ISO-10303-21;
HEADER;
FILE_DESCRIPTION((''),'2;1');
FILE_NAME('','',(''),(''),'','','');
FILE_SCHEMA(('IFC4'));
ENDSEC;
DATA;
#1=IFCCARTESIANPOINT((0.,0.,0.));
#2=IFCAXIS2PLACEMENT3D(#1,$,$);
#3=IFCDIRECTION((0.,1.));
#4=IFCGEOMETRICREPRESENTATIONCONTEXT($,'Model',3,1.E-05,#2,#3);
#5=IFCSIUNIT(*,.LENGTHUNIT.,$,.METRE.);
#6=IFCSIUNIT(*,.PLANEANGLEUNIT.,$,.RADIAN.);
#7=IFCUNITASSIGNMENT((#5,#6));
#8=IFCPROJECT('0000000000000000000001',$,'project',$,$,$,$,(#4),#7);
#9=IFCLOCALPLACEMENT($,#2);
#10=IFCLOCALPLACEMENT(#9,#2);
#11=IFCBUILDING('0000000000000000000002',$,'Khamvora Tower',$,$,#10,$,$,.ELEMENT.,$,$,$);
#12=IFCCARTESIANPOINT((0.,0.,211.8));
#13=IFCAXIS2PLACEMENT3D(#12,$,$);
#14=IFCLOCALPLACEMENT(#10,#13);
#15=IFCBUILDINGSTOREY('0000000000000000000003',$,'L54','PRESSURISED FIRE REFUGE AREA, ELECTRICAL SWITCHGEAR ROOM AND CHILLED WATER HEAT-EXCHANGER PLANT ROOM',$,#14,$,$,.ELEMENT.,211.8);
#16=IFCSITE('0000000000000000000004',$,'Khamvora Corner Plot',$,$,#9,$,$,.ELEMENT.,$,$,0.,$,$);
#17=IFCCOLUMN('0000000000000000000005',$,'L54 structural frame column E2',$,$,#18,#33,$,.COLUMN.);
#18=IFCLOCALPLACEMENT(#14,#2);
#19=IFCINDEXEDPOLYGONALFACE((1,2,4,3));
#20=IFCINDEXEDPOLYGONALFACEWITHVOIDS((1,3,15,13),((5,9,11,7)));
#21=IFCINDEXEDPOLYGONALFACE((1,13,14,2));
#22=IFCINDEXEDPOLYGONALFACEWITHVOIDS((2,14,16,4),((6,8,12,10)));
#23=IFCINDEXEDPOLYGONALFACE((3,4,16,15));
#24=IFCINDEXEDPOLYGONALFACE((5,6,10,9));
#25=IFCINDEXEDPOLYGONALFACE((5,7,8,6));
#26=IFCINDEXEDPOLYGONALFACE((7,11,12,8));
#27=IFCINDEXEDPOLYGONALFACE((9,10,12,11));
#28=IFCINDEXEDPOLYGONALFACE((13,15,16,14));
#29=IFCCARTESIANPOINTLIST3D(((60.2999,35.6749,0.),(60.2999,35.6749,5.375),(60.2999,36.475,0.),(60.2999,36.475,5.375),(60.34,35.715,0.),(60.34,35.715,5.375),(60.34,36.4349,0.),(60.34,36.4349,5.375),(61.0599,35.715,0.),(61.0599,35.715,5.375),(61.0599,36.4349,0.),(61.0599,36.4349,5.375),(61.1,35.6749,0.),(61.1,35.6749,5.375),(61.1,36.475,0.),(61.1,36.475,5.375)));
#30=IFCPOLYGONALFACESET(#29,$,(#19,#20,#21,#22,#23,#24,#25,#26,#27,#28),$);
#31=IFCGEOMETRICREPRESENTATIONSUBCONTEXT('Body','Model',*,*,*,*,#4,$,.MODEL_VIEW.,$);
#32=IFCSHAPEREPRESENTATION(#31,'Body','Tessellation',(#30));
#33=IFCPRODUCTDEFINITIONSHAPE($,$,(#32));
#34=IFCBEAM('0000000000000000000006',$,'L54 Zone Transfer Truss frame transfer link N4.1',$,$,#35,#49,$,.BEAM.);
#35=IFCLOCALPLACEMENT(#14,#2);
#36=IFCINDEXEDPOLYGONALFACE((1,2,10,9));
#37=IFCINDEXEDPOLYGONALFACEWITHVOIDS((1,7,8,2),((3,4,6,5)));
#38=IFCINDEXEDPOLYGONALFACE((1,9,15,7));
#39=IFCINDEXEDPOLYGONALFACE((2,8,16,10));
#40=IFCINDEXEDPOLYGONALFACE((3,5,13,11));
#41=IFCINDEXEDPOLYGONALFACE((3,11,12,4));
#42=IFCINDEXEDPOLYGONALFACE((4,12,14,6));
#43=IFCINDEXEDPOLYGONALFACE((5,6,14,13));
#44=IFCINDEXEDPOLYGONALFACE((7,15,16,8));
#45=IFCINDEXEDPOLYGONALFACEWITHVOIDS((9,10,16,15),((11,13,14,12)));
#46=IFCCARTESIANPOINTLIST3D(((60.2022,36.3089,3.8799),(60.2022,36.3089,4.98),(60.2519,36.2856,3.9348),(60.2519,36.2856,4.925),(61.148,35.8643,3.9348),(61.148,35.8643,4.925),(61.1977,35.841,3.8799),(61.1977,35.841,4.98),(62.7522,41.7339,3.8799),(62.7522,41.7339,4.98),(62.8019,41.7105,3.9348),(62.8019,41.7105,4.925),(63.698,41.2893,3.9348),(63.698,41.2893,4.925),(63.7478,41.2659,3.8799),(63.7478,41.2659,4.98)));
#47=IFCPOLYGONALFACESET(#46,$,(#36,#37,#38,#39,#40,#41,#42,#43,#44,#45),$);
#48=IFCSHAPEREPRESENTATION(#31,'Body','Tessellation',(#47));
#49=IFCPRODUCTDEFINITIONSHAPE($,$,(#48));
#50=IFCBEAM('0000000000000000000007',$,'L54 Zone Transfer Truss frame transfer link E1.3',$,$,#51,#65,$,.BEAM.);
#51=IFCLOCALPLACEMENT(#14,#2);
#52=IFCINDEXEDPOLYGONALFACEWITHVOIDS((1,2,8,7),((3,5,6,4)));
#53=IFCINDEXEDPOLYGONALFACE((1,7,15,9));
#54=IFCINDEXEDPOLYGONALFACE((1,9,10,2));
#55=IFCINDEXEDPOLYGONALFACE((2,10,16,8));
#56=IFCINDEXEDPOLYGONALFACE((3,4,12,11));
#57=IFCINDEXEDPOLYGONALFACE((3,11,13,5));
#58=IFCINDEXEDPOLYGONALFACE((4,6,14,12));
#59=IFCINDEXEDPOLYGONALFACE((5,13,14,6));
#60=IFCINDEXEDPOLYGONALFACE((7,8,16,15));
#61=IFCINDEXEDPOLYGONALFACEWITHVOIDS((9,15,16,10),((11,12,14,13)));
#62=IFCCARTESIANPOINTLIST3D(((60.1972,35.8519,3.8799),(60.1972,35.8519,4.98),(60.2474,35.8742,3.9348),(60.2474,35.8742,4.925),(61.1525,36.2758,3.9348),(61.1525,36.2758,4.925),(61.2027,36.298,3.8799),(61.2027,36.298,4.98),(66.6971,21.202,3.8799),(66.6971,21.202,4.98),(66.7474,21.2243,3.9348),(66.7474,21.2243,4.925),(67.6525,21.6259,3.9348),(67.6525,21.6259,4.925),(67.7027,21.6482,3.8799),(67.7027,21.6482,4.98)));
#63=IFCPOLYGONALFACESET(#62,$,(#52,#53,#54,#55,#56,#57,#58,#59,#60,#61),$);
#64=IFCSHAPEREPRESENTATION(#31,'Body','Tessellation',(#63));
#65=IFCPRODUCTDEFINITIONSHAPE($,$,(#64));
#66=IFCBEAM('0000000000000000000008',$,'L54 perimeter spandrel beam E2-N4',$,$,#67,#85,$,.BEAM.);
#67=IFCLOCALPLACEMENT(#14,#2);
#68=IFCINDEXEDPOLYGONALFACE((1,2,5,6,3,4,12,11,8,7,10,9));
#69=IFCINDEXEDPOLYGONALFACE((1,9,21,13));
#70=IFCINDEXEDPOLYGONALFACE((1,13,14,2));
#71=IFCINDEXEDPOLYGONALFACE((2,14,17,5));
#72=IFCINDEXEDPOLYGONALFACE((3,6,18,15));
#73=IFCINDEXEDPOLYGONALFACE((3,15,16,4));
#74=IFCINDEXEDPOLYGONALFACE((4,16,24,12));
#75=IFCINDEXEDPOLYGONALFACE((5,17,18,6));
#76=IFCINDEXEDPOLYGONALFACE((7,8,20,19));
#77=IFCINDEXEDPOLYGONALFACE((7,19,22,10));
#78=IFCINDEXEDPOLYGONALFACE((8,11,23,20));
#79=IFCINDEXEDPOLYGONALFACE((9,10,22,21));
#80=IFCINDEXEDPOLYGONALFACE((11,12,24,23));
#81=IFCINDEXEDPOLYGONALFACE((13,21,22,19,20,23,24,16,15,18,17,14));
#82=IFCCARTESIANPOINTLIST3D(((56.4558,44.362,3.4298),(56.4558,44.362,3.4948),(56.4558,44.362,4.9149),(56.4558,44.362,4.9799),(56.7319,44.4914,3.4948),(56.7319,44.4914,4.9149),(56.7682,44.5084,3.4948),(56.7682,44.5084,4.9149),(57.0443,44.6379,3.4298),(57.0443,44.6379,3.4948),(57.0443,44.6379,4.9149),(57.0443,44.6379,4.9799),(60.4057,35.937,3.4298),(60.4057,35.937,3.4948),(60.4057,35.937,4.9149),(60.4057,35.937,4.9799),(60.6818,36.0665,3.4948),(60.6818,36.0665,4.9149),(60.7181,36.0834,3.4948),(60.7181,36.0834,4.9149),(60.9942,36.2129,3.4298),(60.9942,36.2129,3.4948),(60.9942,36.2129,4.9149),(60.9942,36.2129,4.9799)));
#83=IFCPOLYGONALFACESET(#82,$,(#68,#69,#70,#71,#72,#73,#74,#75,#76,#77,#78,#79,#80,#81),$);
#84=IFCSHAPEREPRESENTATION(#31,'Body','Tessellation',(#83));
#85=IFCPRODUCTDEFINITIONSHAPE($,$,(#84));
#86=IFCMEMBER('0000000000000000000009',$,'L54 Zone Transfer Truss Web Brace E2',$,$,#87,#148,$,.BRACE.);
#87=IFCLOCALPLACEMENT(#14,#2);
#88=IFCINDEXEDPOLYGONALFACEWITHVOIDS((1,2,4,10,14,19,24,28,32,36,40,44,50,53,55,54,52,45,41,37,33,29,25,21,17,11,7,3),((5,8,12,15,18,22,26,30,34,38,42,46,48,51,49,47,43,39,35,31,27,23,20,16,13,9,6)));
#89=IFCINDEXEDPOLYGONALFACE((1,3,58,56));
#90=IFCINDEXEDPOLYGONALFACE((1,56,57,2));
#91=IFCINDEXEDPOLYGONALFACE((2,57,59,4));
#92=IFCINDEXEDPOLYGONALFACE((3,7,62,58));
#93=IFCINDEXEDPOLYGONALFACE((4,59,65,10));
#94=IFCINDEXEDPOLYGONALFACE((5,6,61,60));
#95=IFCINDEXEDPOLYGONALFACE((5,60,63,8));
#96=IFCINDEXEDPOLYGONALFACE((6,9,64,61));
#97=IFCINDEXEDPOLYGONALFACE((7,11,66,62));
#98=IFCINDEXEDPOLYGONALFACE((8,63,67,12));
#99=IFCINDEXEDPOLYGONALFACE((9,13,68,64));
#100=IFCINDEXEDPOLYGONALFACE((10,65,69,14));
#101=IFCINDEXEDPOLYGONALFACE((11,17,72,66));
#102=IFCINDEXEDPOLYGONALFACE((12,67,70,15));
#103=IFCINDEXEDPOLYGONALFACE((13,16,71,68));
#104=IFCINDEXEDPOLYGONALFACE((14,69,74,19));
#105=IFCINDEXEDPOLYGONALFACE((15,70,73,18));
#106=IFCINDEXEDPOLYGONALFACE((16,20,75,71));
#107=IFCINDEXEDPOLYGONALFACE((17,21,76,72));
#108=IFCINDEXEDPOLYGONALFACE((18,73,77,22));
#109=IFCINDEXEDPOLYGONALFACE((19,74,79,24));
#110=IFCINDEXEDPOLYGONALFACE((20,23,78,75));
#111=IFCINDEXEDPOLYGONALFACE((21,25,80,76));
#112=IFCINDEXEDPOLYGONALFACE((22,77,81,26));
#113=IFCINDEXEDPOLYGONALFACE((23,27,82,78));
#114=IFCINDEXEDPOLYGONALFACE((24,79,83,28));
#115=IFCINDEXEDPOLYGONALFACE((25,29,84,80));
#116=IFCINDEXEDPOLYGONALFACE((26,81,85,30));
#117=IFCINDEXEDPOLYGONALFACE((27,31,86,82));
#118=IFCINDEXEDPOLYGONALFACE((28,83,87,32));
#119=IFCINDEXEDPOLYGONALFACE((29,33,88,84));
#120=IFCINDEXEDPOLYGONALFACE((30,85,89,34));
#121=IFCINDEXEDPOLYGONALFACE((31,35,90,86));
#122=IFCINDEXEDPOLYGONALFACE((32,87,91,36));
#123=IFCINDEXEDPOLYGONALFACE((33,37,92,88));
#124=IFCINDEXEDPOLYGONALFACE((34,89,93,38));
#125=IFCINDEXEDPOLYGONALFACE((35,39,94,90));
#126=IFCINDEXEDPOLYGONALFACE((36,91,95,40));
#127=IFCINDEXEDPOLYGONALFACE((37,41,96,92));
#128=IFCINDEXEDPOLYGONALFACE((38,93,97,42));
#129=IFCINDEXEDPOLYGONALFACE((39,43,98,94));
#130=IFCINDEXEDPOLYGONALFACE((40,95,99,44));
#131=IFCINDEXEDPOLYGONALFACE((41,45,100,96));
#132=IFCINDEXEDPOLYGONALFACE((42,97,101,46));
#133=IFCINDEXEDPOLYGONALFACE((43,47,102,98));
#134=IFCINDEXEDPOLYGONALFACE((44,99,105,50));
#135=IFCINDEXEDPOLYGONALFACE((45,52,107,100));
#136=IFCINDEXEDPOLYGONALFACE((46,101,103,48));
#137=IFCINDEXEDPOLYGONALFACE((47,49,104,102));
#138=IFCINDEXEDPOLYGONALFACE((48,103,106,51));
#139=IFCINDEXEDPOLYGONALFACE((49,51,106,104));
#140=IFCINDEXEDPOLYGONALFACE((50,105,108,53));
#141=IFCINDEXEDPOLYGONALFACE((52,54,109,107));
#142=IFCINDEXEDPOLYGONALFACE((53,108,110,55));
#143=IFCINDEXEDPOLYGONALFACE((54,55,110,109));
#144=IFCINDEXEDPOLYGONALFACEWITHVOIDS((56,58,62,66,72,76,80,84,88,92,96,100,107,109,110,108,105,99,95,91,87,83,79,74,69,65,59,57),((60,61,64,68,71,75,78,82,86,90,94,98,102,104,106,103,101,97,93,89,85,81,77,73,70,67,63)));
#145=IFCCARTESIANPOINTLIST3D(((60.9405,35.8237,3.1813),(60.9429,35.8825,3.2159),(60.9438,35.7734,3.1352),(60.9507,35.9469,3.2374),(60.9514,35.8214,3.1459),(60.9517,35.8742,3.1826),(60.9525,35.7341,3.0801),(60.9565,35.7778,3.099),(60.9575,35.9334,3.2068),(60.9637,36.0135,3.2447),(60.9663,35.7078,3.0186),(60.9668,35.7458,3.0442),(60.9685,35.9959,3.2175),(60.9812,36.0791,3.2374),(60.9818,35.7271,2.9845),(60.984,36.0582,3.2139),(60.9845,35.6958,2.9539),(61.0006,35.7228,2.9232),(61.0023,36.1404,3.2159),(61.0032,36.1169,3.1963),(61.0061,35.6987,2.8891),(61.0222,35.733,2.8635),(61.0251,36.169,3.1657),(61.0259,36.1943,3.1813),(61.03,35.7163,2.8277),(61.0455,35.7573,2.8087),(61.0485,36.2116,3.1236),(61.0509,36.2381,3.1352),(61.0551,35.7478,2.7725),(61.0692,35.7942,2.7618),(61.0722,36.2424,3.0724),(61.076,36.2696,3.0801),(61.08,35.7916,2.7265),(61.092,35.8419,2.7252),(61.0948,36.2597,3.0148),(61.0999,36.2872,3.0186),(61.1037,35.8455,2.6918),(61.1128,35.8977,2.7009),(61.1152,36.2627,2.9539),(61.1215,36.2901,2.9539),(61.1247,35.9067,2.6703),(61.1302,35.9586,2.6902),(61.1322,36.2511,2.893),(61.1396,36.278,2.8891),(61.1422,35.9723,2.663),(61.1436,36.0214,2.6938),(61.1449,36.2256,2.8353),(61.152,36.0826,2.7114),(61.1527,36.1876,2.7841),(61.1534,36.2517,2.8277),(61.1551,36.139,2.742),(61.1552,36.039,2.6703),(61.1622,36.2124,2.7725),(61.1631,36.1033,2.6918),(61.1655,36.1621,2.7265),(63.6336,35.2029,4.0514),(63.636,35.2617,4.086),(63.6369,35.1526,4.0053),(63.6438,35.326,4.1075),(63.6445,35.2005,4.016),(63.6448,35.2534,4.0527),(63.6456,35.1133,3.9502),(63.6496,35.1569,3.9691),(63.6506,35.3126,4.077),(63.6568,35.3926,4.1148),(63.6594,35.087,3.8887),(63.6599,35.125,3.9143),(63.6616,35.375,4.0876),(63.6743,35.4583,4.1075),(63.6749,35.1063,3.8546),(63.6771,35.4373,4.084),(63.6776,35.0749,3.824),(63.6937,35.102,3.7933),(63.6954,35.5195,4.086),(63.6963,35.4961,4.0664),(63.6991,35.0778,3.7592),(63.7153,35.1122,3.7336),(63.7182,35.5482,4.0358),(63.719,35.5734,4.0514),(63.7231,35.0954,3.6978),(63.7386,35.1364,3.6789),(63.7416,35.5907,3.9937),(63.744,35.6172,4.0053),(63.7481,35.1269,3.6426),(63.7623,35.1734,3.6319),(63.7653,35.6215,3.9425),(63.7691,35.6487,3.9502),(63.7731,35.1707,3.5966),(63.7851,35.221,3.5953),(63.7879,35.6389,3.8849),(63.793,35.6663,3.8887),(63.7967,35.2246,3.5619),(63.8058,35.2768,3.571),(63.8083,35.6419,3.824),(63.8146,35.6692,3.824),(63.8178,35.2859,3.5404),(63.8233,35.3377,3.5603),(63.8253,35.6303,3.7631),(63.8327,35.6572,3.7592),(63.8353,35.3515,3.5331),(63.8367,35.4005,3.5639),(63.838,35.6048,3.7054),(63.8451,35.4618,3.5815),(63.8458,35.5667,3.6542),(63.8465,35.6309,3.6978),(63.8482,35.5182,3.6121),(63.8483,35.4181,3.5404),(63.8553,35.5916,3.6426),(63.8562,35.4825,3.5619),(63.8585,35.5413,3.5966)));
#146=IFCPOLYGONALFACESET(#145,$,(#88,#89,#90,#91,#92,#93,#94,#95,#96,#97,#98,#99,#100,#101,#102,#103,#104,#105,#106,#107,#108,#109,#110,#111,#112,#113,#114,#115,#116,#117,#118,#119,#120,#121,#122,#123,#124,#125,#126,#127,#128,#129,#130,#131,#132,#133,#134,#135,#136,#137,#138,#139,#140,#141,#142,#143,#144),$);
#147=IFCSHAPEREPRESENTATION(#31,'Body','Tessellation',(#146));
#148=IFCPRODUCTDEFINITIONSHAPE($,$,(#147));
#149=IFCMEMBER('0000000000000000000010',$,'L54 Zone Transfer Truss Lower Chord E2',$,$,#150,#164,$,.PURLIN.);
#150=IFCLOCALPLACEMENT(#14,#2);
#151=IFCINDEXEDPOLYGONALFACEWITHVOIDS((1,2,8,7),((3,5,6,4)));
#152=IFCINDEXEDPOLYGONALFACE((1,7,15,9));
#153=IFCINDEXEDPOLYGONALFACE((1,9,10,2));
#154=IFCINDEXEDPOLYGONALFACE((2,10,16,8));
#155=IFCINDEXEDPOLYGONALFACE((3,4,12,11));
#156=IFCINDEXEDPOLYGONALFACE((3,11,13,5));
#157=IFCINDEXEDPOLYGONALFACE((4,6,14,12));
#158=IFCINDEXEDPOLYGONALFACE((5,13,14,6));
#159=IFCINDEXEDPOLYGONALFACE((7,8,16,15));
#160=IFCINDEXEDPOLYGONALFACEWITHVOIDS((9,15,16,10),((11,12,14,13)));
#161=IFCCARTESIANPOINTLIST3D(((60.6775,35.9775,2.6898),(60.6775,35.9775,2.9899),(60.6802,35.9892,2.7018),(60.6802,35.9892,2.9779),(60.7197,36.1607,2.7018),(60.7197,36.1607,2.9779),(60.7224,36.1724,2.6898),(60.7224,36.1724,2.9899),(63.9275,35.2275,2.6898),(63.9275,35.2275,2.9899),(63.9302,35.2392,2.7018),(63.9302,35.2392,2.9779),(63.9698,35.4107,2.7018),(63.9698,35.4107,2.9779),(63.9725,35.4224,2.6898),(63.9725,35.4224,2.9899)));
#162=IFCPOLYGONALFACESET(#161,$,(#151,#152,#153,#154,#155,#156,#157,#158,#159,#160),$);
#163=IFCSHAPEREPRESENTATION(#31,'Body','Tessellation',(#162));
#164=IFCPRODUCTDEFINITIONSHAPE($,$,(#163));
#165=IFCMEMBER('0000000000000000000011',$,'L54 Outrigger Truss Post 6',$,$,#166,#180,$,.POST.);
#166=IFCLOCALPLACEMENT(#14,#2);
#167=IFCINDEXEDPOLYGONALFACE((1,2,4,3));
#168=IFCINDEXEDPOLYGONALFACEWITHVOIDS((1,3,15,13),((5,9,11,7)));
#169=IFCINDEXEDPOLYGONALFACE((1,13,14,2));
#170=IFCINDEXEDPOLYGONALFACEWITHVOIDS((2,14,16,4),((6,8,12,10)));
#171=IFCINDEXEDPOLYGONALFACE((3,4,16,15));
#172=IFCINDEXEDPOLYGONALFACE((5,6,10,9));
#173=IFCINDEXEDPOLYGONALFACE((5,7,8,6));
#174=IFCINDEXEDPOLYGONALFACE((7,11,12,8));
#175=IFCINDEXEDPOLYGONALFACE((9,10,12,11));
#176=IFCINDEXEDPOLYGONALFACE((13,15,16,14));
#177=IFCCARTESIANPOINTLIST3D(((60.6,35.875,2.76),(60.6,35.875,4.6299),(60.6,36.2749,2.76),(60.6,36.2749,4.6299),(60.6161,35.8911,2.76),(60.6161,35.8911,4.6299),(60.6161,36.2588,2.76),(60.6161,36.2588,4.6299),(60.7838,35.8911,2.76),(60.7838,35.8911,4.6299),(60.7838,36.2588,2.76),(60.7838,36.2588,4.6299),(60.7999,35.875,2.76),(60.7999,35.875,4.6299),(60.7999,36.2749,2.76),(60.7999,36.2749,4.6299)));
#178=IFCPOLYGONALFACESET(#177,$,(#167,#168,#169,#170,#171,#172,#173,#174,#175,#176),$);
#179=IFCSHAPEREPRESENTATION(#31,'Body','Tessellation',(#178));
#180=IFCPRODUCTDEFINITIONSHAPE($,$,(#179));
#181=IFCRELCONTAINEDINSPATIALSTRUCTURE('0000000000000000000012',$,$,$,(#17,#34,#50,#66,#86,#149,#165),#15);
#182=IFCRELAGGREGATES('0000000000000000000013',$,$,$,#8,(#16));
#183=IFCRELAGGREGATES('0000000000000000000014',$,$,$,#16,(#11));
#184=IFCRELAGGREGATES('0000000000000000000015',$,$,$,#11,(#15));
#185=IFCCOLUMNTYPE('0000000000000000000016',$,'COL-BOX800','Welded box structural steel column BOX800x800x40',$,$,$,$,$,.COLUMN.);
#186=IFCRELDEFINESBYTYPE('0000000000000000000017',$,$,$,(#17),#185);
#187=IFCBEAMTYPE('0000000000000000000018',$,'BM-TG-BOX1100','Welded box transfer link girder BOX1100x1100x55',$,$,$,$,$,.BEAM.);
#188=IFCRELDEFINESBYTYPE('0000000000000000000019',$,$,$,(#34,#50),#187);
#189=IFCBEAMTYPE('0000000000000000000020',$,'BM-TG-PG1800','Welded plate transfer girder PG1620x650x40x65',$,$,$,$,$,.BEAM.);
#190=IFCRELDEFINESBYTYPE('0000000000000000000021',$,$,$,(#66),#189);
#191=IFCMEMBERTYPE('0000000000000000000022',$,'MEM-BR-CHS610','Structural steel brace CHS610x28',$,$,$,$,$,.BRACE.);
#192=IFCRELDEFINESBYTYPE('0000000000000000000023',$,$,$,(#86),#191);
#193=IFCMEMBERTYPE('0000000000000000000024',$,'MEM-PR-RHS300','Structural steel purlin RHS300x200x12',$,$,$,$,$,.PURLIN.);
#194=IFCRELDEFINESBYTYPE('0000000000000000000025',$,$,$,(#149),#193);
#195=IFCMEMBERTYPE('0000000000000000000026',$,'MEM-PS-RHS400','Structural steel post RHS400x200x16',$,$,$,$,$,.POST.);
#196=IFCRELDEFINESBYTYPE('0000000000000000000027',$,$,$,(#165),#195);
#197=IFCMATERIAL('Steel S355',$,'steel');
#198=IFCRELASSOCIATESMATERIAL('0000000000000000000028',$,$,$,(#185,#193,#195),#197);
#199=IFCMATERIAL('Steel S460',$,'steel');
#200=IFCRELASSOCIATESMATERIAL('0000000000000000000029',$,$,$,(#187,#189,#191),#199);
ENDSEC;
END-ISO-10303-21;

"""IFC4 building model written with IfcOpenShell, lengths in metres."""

from ifc_helpers import new_model, si_unit, direction, frame, origin, origin_2d, place, context, subcontext, project, spatial, hollow_rectangle, hollow_circle, i_section, extrude, material, material_profile, profile_set, type_object, element, save


model = new_model("IFC4")

# Units and contexts
model_context = context("Model", 3, precision=1e-05, world=origin(), true_north=direction((0.0, 1.0)))
body_context = subcontext(model_context, "Body", "Model", "MODEL_VIEW")
ifc_project = project(units=[si_unit("LENGTHUNIT", "METRE"), si_unit("PLANEANGLEUNIT", "RADIAN")], contexts=[model_context])

# Site, building, storey
site_placement = place(None, origin())
site = spatial("IfcSite", under=ifc_project, at=site_placement, Name="Khamvora Corner Plot", CompositionType="ELEMENT", RefElevation=0.0)
building_placement = place(site_placement, origin())
building = spatial("IfcBuilding", under=site, at=building_placement, Name="Khamvora Tower", CompositionType="ELEMENT")
storey_placement = place(building_placement, frame((0.0, 0.0, 211.8)))
storey = spatial("IfcBuildingStorey", under=building, at=storey_placement, Name="L54", Description="PRESSURISED FIRE REFUGE AREA, ELECTRICAL SWITCHGEAR ROOM AND CHILLED WATER HEAT-EXCHANGER PLANT ROOM", CompositionType="ELEMENT", Elevation=211.8)

# Column
ifc_material_1 = material(Name="Steel S355", Category="steel")
ifc_material_profile_1 = material_profile(ifc_material_1, hollow_rectangle(XDim=0.8, YDim=0.8, WallThickness=0.04, at=origin_2d()), Name="BOX800x800x40")
ifc_profile_set_1 = profile_set([ifc_material_profile_1], Name="Steel S355")
column_type = type_object("IfcColumnType", Name="COL-BOX800", Description="Welded box structural steel column BOX800x800x40", PredefinedType="COLUMN", material=ifc_profile_set_1)
column_placement = place(storey_placement, frame((60.7, 36.075, 0.0), z_axis=(0.0, 0.0, 1.0), x_axis=(1.0, 0.0, 0.0)))
element("IfcColumn", 1, at=column_placement, inside=storey, type_object=column_type, Name="L54 structural frame column E2", PredefinedType="COLUMN", context=body_context, shape_type="SweptSolid", body=[
    extrude(hollow_rectangle(XDim=0.8, YDim=0.8, WallThickness=0.04, at=origin_2d()), origin(), (0.0, 0.0, 1.0), 5.375),
])

# Beams
ifc_material_2 = material(Name="Steel S460", Category="steel")
ifc_material_profile_2 = material_profile(ifc_material_2, hollow_rectangle(XDim=1.1001, YDim=1.1001, WallThickness=0.0549, at=origin_2d()), Name="BOX1100x1100x55")
ifc_profile_set_2 = profile_set([ifc_material_profile_2], Name="Steel S460")
beam_type_1 = type_object("IfcBeamType", Name="BM-TG-BOX1100", Description="Welded box transfer link girder BOX1100x1100x55", PredefinedType="BEAM", material=ifc_profile_set_2)
beam_1_placement = place(storey_placement, frame((60.7, 36.075, 4.4299), z_axis=(0.425399, 0.905006, 0.0), x_axis=(-0.905006, 0.425399, 0.0)))
element("IfcBeam", 2, at=beam_1_placement, inside=storey, type_object=beam_type_1, Name="L54 Zone Transfer Truss frame transfer link N4.1", PredefinedType="BEAM", context=body_context, shape_type="SweptSolid", body=[
    extrude(hollow_rectangle(XDim=1.1001, YDim=1.1001, WallThickness=0.0549, at=origin_2d()), origin(), (0.0, 0.0, 1.0), 5.9944),
])
beam_2_placement = place(storey_placement, frame((60.7, 36.075, 4.4299), z_axis=(0.405562, -0.914068, 0.0), x_axis=(0.914068, 0.405562, 0.0)))
element("IfcBeam", 3, at=beam_2_placement, inside=storey, type_object=beam_type_1, Name="L54 Zone Transfer Truss frame transfer link E1.3", PredefinedType="BEAM", context=body_context, shape_type="SweptSolid", body=[
    extrude(hollow_rectangle(XDim=1.1001, YDim=1.1001, WallThickness=0.0549, at=origin_2d()), origin(), (0.0, 0.0, 1.0), 16.0271),
])
ifc_material_profile_3 = material_profile(ifc_material_2, i_section(OverallWidth=0.6499, OverallDepth=1.55, WebThickness=0.04, FlangeThickness=0.0649, at=origin_2d()), Name="PG1550x650x40x65")
ifc_profile_set_3 = profile_set([ifc_material_profile_3], Name="Steel S460")
beam_type_2 = type_object("IfcBeamType", Name="BM-TG-PG1800", Description="Welded plate transfer girder PG1620x650x40x65", PredefinedType="BEAM", material=ifc_profile_set_3)
beam_3_placement = place(storey_placement, frame((60.7, 36.075, 4.2048), z_axis=(-0.424496, 0.90543, 0.0), x_axis=(-0.90543, -0.424496, 0.0)))
element("IfcBeam", 4, at=beam_3_placement, inside=storey, type_object=beam_type_2, Name="L54 perimeter spandrel beam E2-N4", PredefinedType="BEAM", context=body_context, shape_type="SweptSolid", body=[
    extrude(i_section(OverallWidth=0.6499, OverallDepth=1.55, WebThickness=0.04, FlangeThickness=0.0649, at=origin_2d()), origin(), (0.0, 0.0, 1.0), 9.3049),
])

# Members
ifc_material_profile_4 = material_profile(ifc_material_2, hollow_circle(Radius=0.3049, WallThickness=0.0281, at=origin_2d()), Name="CHS610x28")
ifc_profile_set_4 = profile_set([ifc_material_profile_4], Name="Steel S460")
member_type_1 = type_object("IfcMemberType", Name="MEM-BR-CHS610", Description="Structural steel brace CHS610x28", PredefinedType="BRACE", material=ifc_profile_set_4)
member_1_placement = place(storey_placement, frame((61.053, 35.9929, 2.9539), z_axis=(0.929466, -0.214272, 0.300301), x_axis=(0.22464, 0.974442, 0.0)))
element("IfcMember", 5, at=member_1_placement, inside=storey, type_object=member_type_1, Name="L54 Zone Transfer Truss Web Brace E2", PredefinedType="BRACE", context=body_context, shape_type="SweptSolid", body=[
    extrude(hollow_circle(Radius=0.3049, WallThickness=0.0281, at=origin_2d()), origin(), (0.0, 0.0, 1.0), 2.8975),
])
ifc_material_profile_5 = material_profile(ifc_material_1, hollow_rectangle(XDim=0.2, YDim=0.3, WallThickness=0.012, at=origin_2d()), Name="RHS300x200x12")
ifc_profile_set_5 = profile_set([ifc_material_profile_5], Name="Steel S355")
member_type_2 = type_object("IfcMemberType", Name="MEM-PR-RHS300", Description="Structural steel purlin RHS300x200x12", PredefinedType="PURLIN", material=ifc_profile_set_5)
member_2_placement = place(storey_placement, frame((60.7, 36.075, 2.8398), z_axis=(0.974391, -0.22486, 0.0), x_axis=(0.22486, 0.974391, 0.0)))
element("IfcMember", 6, at=member_2_placement, inside=storey, type_object=member_type_2, Name="L54 Zone Transfer Truss Lower Chord E2", PredefinedType="PURLIN", context=body_context, shape_type="SweptSolid", body=[
    extrude(hollow_rectangle(XDim=0.2, YDim=0.3, WallThickness=0.012, at=origin_2d()), origin(), (0.0, 0.0, 1.0), 3.3354),
])
ifc_material_profile_6 = material_profile(ifc_material_1, hollow_rectangle(XDim=0.2, YDim=0.3999, WallThickness=0.0161, at=origin_2d()), Name="RHS400x200x16")
ifc_profile_set_6 = profile_set([ifc_material_profile_6], Name="Steel S355")
member_type_3 = type_object("IfcMemberType", Name="MEM-PS-RHS400", Description="Structural steel post RHS400x200x16", PredefinedType="POST", material=ifc_profile_set_6)
member_3_placement = place(storey_placement, frame((60.7, 36.075, 2.76), z_axis=(0.0, 0.0, 1.0), x_axis=(1.0, 0.0, 0.0)))
element("IfcMember", 7, at=member_3_placement, inside=storey, type_object=member_type_3, Name="L54 Outrigger Truss Post 6", PredefinedType="POST", context=body_context, shape_type="SweptSolid", body=[
    extrude(hollow_rectangle(XDim=0.2, YDim=0.3999, WallThickness=0.0161, at=origin_2d()), origin(), (0.0, 0.0, 1.0), 1.8699),
])

save(model, "model.ifc")
